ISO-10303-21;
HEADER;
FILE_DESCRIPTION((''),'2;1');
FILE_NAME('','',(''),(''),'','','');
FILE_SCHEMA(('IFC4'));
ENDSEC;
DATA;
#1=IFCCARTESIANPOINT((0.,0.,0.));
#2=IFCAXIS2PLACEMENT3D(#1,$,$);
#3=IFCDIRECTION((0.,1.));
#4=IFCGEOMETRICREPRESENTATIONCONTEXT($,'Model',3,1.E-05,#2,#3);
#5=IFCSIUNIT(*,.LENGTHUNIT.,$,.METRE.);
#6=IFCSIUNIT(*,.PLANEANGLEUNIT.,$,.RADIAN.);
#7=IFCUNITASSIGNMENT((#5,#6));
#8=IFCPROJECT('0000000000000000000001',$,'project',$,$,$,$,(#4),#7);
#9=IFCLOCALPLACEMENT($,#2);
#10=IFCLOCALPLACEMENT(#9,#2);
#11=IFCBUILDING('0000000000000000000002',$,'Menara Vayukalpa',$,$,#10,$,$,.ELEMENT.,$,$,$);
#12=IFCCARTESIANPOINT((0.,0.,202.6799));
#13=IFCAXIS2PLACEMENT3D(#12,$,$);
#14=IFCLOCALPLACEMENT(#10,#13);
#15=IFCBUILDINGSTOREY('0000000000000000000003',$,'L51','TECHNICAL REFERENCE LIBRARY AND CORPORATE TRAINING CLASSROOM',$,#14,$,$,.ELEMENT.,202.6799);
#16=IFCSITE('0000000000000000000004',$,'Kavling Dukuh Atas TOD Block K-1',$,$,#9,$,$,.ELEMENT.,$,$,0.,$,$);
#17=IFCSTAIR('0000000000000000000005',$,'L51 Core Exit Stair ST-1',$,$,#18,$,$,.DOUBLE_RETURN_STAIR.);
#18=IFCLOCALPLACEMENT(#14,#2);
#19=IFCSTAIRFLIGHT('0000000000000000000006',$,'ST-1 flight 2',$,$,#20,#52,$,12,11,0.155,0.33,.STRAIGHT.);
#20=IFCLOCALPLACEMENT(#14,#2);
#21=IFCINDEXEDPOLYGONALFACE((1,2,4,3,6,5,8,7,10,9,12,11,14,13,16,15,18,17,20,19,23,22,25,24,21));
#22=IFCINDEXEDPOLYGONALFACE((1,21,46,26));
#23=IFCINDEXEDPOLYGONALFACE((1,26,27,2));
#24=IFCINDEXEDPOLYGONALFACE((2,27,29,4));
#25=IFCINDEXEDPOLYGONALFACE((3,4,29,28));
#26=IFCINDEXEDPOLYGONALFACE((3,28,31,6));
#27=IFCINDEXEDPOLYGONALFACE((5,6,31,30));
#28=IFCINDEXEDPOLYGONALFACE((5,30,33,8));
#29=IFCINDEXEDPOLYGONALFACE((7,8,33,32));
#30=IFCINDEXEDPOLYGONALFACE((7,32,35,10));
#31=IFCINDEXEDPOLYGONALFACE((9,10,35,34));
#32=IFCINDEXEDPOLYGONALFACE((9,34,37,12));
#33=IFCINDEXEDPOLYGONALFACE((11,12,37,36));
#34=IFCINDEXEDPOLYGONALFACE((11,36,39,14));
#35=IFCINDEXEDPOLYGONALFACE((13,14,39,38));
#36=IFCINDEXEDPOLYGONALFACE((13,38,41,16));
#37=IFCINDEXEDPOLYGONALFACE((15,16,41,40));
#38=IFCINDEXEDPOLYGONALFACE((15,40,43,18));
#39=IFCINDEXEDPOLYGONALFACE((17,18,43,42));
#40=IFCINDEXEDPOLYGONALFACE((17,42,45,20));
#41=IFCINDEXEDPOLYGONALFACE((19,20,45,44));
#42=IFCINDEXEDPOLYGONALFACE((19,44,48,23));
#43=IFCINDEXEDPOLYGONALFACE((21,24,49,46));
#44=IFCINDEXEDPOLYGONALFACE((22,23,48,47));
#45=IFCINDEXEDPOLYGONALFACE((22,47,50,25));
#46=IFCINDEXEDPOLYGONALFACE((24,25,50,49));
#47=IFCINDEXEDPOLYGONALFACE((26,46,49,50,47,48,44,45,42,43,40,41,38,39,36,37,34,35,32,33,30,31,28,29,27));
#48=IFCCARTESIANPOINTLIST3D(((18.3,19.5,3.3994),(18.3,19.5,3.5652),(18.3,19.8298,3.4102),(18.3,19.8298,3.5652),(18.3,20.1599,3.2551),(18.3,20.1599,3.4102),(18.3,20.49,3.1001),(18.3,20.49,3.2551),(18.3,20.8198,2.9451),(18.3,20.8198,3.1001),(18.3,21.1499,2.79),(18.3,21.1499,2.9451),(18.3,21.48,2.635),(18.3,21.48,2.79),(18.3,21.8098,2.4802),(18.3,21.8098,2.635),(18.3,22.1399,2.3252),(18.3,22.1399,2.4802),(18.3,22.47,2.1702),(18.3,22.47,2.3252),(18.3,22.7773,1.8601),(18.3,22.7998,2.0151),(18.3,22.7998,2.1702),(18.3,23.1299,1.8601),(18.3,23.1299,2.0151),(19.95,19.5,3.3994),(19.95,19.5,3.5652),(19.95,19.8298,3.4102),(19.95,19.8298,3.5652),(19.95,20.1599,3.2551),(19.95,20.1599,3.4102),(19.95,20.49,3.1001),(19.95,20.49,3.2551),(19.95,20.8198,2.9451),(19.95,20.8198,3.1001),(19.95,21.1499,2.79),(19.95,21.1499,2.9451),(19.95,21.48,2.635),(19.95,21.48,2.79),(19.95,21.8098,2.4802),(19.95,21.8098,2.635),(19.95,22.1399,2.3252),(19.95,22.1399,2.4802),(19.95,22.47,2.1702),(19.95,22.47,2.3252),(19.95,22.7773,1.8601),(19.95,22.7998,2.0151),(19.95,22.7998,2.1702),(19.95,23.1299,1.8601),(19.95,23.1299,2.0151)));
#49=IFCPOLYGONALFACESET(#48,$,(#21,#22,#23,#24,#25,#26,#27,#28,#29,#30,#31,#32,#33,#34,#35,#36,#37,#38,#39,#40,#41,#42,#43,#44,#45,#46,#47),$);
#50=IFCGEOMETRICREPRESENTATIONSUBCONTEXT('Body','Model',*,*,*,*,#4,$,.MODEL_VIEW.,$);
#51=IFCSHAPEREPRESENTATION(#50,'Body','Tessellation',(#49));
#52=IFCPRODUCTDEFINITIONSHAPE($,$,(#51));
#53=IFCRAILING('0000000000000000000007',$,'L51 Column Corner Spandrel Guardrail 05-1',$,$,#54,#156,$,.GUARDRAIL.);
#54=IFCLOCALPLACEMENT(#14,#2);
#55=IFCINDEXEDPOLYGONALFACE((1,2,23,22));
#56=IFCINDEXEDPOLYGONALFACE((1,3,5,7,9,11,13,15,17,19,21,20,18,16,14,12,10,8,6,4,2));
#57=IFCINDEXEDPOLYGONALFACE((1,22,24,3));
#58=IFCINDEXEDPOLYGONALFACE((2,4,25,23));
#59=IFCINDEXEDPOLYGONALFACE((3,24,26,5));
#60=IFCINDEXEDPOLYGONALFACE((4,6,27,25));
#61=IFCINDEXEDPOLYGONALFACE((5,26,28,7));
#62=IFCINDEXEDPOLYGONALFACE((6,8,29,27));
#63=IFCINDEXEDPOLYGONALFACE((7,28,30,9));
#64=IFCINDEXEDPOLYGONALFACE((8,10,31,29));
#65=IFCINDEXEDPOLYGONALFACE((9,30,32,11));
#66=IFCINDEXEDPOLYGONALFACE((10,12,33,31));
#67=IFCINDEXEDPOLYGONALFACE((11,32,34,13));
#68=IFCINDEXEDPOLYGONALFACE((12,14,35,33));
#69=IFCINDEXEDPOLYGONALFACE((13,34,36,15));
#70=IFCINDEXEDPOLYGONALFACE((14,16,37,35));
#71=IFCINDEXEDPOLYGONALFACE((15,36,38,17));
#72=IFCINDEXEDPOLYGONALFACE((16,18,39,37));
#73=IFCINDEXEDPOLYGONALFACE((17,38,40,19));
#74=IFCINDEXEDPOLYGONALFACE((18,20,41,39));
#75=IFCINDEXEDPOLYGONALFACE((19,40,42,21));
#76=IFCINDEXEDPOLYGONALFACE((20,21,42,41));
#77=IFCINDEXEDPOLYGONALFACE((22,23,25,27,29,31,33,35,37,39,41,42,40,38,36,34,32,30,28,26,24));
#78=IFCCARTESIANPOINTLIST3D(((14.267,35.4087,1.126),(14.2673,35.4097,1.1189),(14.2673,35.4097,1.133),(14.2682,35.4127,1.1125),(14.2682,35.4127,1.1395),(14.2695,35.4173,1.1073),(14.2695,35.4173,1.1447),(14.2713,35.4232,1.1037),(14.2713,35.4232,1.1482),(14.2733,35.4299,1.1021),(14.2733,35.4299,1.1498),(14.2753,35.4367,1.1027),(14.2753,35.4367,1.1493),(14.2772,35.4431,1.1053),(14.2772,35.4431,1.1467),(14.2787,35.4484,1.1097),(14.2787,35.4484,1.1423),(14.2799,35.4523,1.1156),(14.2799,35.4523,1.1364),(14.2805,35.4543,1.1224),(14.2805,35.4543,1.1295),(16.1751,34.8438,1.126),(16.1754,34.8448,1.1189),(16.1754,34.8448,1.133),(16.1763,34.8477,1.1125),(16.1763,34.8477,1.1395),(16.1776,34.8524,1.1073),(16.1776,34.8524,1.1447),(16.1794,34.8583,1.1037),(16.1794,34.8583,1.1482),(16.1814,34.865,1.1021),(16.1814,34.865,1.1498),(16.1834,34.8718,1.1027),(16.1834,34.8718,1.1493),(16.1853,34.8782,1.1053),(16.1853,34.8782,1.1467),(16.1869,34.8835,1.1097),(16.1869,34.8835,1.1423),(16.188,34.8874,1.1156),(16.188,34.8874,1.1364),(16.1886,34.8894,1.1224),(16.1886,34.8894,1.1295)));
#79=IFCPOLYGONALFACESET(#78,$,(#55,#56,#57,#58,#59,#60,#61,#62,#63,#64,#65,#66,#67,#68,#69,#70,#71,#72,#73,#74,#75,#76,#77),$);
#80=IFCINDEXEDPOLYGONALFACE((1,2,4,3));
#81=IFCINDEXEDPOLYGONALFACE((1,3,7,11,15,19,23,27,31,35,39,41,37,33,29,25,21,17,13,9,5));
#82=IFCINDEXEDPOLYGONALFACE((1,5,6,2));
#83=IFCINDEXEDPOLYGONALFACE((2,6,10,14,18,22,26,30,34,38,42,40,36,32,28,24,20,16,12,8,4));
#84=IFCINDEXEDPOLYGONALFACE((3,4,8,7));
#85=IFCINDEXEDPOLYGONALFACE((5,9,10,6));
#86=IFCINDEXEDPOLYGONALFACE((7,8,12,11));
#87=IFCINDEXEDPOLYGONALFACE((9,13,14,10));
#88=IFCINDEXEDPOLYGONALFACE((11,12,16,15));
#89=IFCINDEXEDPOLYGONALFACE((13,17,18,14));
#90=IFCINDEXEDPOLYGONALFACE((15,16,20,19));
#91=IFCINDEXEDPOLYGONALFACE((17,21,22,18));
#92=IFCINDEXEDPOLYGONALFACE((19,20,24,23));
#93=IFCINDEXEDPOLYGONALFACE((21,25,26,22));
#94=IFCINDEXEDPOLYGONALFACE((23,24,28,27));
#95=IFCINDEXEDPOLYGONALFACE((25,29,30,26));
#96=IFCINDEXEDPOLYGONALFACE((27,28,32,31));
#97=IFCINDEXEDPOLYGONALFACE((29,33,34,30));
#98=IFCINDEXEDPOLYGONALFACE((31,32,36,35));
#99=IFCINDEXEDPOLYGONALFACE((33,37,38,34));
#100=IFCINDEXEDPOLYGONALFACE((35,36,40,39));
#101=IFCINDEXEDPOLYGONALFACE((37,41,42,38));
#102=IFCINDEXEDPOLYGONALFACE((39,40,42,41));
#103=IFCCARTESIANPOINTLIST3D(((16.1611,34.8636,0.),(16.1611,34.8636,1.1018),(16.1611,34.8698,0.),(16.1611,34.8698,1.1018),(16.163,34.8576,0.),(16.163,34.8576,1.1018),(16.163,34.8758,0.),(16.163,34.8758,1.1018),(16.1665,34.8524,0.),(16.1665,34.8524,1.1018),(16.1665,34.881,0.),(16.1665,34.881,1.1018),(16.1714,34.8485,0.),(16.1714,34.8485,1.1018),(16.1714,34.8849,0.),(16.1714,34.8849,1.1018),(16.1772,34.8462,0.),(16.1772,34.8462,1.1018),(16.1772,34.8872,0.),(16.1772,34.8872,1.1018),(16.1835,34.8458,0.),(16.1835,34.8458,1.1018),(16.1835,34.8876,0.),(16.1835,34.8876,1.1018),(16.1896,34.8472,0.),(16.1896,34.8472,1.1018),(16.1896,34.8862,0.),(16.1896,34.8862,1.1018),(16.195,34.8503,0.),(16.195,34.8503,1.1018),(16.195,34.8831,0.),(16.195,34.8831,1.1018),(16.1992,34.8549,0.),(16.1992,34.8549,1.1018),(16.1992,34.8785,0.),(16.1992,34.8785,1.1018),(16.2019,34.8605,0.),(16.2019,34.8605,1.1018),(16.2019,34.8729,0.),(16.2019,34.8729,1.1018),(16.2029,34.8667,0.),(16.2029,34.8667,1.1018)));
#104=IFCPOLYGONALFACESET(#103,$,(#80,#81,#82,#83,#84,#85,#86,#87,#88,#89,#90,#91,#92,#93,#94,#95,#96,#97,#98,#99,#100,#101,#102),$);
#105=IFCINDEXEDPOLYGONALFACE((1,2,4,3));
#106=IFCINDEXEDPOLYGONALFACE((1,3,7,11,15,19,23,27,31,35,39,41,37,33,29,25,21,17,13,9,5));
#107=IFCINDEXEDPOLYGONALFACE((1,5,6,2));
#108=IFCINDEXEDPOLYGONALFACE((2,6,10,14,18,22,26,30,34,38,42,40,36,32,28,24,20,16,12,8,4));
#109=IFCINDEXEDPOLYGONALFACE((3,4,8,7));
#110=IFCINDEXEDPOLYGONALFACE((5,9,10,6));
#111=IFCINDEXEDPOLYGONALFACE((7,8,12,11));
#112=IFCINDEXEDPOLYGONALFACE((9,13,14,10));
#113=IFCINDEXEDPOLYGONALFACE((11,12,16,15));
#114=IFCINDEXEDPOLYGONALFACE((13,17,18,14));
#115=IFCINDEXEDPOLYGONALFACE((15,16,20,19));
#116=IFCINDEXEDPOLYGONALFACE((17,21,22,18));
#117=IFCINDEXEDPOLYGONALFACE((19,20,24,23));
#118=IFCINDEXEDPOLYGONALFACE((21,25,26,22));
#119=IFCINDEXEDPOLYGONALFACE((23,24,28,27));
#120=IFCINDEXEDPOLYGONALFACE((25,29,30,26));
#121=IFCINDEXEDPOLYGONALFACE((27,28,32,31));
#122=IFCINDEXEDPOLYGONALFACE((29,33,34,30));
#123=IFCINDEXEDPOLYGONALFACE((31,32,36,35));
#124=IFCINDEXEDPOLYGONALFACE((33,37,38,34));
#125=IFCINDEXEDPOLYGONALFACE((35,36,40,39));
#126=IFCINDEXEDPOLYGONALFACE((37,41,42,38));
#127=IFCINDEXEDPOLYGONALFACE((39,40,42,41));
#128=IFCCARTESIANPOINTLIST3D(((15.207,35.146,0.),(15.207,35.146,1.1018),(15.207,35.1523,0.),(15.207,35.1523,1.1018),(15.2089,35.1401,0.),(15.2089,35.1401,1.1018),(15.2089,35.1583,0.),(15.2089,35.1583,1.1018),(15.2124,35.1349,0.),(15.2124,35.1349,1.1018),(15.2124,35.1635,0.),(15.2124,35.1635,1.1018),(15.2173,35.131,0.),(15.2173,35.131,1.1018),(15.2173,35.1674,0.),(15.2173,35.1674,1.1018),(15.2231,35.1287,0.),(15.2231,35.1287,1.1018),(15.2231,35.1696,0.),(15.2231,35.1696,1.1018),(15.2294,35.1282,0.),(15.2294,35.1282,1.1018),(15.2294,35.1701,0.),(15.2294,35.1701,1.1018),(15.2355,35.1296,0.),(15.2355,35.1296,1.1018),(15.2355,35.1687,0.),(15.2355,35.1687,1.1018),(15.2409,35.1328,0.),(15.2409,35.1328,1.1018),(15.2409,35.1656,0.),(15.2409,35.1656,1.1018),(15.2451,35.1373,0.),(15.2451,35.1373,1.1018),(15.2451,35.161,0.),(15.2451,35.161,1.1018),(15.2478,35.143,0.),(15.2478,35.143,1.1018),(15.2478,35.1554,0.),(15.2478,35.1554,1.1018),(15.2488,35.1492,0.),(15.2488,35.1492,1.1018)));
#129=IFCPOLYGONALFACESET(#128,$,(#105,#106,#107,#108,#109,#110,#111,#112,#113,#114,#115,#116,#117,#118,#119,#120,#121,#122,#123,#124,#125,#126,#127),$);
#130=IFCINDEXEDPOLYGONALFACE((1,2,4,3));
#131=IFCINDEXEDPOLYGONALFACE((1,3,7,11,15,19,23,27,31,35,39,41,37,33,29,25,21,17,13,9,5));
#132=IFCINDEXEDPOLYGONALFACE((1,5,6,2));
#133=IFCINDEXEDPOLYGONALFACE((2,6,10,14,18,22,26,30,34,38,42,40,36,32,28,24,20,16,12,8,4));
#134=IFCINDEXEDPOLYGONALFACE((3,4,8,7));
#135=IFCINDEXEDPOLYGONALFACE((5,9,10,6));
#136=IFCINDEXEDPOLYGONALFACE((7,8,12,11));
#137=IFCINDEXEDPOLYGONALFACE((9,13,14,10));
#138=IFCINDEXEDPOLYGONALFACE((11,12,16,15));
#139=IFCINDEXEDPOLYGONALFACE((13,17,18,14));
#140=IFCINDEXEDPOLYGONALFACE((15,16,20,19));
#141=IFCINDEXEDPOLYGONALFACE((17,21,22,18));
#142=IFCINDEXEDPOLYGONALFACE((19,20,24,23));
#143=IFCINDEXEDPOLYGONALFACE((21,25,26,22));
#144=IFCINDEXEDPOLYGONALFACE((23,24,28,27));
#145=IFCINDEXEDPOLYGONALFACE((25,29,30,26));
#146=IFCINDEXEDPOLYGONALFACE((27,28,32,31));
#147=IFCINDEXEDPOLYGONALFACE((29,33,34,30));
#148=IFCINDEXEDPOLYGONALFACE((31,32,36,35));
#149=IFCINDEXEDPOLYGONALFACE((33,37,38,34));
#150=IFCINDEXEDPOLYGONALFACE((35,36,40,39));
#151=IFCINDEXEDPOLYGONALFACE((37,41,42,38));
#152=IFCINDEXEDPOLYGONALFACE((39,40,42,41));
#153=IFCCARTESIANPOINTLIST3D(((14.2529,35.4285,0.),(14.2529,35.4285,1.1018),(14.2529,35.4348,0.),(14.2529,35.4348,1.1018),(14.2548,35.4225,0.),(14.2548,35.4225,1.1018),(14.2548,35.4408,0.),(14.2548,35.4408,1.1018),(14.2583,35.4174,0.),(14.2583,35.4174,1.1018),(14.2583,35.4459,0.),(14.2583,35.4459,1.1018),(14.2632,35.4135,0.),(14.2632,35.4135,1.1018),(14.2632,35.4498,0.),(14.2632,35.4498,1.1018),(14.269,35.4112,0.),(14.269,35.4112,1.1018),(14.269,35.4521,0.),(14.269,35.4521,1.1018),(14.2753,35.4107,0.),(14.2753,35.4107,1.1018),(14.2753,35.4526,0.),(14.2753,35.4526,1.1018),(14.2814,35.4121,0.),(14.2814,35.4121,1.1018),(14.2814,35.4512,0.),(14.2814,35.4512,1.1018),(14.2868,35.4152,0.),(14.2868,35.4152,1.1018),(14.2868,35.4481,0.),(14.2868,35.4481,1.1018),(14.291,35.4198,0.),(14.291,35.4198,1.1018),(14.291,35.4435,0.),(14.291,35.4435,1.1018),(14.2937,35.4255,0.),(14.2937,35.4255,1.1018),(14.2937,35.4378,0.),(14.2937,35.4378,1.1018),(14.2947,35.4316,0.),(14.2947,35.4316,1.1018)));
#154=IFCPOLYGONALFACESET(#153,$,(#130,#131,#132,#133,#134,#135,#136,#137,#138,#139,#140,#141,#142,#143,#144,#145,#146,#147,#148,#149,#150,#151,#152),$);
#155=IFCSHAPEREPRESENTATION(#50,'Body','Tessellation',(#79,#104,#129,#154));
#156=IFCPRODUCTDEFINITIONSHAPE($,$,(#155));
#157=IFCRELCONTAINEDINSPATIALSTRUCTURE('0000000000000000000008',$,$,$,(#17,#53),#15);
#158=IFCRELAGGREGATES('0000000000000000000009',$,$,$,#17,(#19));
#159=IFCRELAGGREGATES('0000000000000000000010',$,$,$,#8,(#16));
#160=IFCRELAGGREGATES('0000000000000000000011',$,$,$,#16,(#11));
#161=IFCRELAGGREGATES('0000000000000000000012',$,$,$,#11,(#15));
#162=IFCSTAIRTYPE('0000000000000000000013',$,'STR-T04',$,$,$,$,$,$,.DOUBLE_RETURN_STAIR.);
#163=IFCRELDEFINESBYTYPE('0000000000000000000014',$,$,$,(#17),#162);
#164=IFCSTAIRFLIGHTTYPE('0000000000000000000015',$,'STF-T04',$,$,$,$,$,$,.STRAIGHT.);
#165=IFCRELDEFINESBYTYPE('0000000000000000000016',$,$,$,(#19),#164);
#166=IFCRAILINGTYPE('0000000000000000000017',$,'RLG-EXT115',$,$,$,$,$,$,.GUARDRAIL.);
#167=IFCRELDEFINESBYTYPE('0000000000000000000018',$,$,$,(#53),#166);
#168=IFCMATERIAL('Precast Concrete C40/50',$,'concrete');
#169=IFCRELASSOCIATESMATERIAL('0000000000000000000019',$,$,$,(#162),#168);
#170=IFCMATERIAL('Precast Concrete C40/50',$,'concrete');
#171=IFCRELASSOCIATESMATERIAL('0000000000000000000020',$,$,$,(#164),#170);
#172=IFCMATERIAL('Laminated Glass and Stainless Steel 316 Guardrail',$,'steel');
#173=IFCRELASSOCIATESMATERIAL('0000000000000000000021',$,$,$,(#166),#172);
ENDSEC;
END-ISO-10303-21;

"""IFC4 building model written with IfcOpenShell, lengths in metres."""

from ifc_helpers import new_model, si_unit, direction, frame, origin, origin_2d, place, context, subcontext, project, spatial, polyline, circle, outline, extrude, material, type_object, element, aggregate, save


model = new_model("IFC4")

# Units and contexts
model_context = context("Model", 3, precision=1e-05, world=origin(), true_north=direction((0.0, 1.0)))
body_context = subcontext(model_context, "Body", "Model", "MODEL_VIEW")
ifc_project = project(units=[si_unit("LENGTHUNIT", "METRE"), si_unit("PLANEANGLEUNIT", "RADIAN")], contexts=[model_context])

# Site, building, storey
site_placement = place(None, origin())
site = spatial("IfcSite", under=ifc_project, at=site_placement, Name="Kavling Dukuh Atas TOD Block K-1", CompositionType="ELEMENT", RefElevation=0.0)
building_placement = place(site_placement, origin())
building = spatial("IfcBuilding", under=site, at=building_placement, Name="Menara Vayukalpa", CompositionType="ELEMENT")
storey_placement = place(building_placement, frame((0.0, 0.0, 202.6799)))
storey = spatial("IfcBuildingStorey", under=building, at=storey_placement, Name="L51", Description="TECHNICAL REFERENCE LIBRARY AND CORPORATE TRAINING CLASSROOM", CompositionType="ELEMENT", Elevation=202.6799)

# Stair, stair flight
ifc_material_1 = material(Name="Precast Concrete C40/50", Category="concrete")
stair_type = type_object("IfcStairType", Name="STR-T04", PredefinedType="DOUBLE_RETURN_STAIR", material=ifc_material_1)
stair_placement = place(storey_placement, origin())
stair = element("IfcStair", 1, at=stair_placement, inside=storey, type_object=stair_type, Name="L51 Core Exit Stair ST-1", PredefinedType="DOUBLE_RETURN_STAIR")
ifc_material_2 = material(Name="Precast Concrete C40/50", Category="concrete")
stair_flight_type = type_object("IfcStairFlightType", Name="STF-T04", PredefinedType="STRAIGHT", material=ifc_material_2)
stair_flight_placement = place(storey_placement, frame((19.125, 23.1299, 1.8601), z_axis=(0.0, 0.0, 1.0), x_axis=(0.0, -1.0, 0.0)))
stair_flight = element("IfcStairFlight", 2, at=stair_flight_placement, type_object=stair_flight_type, Name="ST-1 flight 2", NumberOfRisers=12, NumberOfTreads=11, PredefinedType="STRAIGHT", RiserHeight=0.155, TreadLength=0.33, context=body_context, shape_type="SweptSolid", body=[
    extrude(outline(polyline([(0.0, 0.0), (0.0, 0.155), (0.3301, 0.155), (0.3301, 0.3101), (0.6599, 0.3101), (0.6599, 0.4651), (0.99, 0.4651), (0.99, 0.6201), (1.3201, 0.6201), (1.3201, 0.7749), (1.6499, 0.7749), (1.6499, 0.9299), (1.98, 0.9299), (1.98, 1.085), (2.3101, 1.085), (2.3101, 1.24), (2.6399, 1.24), (2.6399, 1.395), (2.97, 1.395), (2.97, 1.55), (3.3, 1.55), (3.3, 1.7051), (3.6299, 1.7051), (3.6299, 1.8601), (3.6299, 1.5393), (0.3525, 0.0), (0.0, 0.0)])), frame((0.0, 0.825, 0.0), z_axis=(0.0, -1.0, 0.0), x_axis=(1.0, 0.0, 0.0)), (0.0, 0.0, 1.0), 1.6499),
])
aggregate(stair, [stair_flight])

# Railing
ifc_material_3 = material(Name="Laminated Glass and Stainless Steel 316 Guardrail", Category="steel")
railing_type_1 = type_object("IfcRailingType", Name="RLG-EXT115", PredefinedType="GUARDRAIL", material=ifc_material_3)
railing_1_placement = place(storey_placement, frame((16.1819, 34.8667, 0.0)))
element("IfcRailing", 3, at=railing_1_placement, inside=storey, type_object=railing_type_1, Name="L51 Column Corner Spandrel Guardrail 05-1", PredefinedType="GUARDRAIL", context=body_context, shape_type="SweptSolid", body=[
    extrude(circle(Radius=0.0239, at=origin_2d()), frame((0.0, 0.0, 1.126), z_axis=(-0.95886, 0.283879, 0.0), x_axis=(-0.283879, -0.95886, 0.0)), (0.0, 0.0, 1.0), 1.99),
    extrude(circle(Radius=0.021, at=origin_2d()), origin(), (0.0, 0.0, 1.0), 1.1018),
    extrude(circle(Radius=0.021, at=origin_2d()), frame((-0.9541, 0.2825, 0.0)), (0.0, 0.0, 1.0), 1.1018),
    extrude(circle(Radius=0.021, at=origin_2d()), frame((-1.9082, 0.5649, 0.0)), (0.0, 0.0, 1.0), 1.1018),
])

save(model, "model.ifc")
